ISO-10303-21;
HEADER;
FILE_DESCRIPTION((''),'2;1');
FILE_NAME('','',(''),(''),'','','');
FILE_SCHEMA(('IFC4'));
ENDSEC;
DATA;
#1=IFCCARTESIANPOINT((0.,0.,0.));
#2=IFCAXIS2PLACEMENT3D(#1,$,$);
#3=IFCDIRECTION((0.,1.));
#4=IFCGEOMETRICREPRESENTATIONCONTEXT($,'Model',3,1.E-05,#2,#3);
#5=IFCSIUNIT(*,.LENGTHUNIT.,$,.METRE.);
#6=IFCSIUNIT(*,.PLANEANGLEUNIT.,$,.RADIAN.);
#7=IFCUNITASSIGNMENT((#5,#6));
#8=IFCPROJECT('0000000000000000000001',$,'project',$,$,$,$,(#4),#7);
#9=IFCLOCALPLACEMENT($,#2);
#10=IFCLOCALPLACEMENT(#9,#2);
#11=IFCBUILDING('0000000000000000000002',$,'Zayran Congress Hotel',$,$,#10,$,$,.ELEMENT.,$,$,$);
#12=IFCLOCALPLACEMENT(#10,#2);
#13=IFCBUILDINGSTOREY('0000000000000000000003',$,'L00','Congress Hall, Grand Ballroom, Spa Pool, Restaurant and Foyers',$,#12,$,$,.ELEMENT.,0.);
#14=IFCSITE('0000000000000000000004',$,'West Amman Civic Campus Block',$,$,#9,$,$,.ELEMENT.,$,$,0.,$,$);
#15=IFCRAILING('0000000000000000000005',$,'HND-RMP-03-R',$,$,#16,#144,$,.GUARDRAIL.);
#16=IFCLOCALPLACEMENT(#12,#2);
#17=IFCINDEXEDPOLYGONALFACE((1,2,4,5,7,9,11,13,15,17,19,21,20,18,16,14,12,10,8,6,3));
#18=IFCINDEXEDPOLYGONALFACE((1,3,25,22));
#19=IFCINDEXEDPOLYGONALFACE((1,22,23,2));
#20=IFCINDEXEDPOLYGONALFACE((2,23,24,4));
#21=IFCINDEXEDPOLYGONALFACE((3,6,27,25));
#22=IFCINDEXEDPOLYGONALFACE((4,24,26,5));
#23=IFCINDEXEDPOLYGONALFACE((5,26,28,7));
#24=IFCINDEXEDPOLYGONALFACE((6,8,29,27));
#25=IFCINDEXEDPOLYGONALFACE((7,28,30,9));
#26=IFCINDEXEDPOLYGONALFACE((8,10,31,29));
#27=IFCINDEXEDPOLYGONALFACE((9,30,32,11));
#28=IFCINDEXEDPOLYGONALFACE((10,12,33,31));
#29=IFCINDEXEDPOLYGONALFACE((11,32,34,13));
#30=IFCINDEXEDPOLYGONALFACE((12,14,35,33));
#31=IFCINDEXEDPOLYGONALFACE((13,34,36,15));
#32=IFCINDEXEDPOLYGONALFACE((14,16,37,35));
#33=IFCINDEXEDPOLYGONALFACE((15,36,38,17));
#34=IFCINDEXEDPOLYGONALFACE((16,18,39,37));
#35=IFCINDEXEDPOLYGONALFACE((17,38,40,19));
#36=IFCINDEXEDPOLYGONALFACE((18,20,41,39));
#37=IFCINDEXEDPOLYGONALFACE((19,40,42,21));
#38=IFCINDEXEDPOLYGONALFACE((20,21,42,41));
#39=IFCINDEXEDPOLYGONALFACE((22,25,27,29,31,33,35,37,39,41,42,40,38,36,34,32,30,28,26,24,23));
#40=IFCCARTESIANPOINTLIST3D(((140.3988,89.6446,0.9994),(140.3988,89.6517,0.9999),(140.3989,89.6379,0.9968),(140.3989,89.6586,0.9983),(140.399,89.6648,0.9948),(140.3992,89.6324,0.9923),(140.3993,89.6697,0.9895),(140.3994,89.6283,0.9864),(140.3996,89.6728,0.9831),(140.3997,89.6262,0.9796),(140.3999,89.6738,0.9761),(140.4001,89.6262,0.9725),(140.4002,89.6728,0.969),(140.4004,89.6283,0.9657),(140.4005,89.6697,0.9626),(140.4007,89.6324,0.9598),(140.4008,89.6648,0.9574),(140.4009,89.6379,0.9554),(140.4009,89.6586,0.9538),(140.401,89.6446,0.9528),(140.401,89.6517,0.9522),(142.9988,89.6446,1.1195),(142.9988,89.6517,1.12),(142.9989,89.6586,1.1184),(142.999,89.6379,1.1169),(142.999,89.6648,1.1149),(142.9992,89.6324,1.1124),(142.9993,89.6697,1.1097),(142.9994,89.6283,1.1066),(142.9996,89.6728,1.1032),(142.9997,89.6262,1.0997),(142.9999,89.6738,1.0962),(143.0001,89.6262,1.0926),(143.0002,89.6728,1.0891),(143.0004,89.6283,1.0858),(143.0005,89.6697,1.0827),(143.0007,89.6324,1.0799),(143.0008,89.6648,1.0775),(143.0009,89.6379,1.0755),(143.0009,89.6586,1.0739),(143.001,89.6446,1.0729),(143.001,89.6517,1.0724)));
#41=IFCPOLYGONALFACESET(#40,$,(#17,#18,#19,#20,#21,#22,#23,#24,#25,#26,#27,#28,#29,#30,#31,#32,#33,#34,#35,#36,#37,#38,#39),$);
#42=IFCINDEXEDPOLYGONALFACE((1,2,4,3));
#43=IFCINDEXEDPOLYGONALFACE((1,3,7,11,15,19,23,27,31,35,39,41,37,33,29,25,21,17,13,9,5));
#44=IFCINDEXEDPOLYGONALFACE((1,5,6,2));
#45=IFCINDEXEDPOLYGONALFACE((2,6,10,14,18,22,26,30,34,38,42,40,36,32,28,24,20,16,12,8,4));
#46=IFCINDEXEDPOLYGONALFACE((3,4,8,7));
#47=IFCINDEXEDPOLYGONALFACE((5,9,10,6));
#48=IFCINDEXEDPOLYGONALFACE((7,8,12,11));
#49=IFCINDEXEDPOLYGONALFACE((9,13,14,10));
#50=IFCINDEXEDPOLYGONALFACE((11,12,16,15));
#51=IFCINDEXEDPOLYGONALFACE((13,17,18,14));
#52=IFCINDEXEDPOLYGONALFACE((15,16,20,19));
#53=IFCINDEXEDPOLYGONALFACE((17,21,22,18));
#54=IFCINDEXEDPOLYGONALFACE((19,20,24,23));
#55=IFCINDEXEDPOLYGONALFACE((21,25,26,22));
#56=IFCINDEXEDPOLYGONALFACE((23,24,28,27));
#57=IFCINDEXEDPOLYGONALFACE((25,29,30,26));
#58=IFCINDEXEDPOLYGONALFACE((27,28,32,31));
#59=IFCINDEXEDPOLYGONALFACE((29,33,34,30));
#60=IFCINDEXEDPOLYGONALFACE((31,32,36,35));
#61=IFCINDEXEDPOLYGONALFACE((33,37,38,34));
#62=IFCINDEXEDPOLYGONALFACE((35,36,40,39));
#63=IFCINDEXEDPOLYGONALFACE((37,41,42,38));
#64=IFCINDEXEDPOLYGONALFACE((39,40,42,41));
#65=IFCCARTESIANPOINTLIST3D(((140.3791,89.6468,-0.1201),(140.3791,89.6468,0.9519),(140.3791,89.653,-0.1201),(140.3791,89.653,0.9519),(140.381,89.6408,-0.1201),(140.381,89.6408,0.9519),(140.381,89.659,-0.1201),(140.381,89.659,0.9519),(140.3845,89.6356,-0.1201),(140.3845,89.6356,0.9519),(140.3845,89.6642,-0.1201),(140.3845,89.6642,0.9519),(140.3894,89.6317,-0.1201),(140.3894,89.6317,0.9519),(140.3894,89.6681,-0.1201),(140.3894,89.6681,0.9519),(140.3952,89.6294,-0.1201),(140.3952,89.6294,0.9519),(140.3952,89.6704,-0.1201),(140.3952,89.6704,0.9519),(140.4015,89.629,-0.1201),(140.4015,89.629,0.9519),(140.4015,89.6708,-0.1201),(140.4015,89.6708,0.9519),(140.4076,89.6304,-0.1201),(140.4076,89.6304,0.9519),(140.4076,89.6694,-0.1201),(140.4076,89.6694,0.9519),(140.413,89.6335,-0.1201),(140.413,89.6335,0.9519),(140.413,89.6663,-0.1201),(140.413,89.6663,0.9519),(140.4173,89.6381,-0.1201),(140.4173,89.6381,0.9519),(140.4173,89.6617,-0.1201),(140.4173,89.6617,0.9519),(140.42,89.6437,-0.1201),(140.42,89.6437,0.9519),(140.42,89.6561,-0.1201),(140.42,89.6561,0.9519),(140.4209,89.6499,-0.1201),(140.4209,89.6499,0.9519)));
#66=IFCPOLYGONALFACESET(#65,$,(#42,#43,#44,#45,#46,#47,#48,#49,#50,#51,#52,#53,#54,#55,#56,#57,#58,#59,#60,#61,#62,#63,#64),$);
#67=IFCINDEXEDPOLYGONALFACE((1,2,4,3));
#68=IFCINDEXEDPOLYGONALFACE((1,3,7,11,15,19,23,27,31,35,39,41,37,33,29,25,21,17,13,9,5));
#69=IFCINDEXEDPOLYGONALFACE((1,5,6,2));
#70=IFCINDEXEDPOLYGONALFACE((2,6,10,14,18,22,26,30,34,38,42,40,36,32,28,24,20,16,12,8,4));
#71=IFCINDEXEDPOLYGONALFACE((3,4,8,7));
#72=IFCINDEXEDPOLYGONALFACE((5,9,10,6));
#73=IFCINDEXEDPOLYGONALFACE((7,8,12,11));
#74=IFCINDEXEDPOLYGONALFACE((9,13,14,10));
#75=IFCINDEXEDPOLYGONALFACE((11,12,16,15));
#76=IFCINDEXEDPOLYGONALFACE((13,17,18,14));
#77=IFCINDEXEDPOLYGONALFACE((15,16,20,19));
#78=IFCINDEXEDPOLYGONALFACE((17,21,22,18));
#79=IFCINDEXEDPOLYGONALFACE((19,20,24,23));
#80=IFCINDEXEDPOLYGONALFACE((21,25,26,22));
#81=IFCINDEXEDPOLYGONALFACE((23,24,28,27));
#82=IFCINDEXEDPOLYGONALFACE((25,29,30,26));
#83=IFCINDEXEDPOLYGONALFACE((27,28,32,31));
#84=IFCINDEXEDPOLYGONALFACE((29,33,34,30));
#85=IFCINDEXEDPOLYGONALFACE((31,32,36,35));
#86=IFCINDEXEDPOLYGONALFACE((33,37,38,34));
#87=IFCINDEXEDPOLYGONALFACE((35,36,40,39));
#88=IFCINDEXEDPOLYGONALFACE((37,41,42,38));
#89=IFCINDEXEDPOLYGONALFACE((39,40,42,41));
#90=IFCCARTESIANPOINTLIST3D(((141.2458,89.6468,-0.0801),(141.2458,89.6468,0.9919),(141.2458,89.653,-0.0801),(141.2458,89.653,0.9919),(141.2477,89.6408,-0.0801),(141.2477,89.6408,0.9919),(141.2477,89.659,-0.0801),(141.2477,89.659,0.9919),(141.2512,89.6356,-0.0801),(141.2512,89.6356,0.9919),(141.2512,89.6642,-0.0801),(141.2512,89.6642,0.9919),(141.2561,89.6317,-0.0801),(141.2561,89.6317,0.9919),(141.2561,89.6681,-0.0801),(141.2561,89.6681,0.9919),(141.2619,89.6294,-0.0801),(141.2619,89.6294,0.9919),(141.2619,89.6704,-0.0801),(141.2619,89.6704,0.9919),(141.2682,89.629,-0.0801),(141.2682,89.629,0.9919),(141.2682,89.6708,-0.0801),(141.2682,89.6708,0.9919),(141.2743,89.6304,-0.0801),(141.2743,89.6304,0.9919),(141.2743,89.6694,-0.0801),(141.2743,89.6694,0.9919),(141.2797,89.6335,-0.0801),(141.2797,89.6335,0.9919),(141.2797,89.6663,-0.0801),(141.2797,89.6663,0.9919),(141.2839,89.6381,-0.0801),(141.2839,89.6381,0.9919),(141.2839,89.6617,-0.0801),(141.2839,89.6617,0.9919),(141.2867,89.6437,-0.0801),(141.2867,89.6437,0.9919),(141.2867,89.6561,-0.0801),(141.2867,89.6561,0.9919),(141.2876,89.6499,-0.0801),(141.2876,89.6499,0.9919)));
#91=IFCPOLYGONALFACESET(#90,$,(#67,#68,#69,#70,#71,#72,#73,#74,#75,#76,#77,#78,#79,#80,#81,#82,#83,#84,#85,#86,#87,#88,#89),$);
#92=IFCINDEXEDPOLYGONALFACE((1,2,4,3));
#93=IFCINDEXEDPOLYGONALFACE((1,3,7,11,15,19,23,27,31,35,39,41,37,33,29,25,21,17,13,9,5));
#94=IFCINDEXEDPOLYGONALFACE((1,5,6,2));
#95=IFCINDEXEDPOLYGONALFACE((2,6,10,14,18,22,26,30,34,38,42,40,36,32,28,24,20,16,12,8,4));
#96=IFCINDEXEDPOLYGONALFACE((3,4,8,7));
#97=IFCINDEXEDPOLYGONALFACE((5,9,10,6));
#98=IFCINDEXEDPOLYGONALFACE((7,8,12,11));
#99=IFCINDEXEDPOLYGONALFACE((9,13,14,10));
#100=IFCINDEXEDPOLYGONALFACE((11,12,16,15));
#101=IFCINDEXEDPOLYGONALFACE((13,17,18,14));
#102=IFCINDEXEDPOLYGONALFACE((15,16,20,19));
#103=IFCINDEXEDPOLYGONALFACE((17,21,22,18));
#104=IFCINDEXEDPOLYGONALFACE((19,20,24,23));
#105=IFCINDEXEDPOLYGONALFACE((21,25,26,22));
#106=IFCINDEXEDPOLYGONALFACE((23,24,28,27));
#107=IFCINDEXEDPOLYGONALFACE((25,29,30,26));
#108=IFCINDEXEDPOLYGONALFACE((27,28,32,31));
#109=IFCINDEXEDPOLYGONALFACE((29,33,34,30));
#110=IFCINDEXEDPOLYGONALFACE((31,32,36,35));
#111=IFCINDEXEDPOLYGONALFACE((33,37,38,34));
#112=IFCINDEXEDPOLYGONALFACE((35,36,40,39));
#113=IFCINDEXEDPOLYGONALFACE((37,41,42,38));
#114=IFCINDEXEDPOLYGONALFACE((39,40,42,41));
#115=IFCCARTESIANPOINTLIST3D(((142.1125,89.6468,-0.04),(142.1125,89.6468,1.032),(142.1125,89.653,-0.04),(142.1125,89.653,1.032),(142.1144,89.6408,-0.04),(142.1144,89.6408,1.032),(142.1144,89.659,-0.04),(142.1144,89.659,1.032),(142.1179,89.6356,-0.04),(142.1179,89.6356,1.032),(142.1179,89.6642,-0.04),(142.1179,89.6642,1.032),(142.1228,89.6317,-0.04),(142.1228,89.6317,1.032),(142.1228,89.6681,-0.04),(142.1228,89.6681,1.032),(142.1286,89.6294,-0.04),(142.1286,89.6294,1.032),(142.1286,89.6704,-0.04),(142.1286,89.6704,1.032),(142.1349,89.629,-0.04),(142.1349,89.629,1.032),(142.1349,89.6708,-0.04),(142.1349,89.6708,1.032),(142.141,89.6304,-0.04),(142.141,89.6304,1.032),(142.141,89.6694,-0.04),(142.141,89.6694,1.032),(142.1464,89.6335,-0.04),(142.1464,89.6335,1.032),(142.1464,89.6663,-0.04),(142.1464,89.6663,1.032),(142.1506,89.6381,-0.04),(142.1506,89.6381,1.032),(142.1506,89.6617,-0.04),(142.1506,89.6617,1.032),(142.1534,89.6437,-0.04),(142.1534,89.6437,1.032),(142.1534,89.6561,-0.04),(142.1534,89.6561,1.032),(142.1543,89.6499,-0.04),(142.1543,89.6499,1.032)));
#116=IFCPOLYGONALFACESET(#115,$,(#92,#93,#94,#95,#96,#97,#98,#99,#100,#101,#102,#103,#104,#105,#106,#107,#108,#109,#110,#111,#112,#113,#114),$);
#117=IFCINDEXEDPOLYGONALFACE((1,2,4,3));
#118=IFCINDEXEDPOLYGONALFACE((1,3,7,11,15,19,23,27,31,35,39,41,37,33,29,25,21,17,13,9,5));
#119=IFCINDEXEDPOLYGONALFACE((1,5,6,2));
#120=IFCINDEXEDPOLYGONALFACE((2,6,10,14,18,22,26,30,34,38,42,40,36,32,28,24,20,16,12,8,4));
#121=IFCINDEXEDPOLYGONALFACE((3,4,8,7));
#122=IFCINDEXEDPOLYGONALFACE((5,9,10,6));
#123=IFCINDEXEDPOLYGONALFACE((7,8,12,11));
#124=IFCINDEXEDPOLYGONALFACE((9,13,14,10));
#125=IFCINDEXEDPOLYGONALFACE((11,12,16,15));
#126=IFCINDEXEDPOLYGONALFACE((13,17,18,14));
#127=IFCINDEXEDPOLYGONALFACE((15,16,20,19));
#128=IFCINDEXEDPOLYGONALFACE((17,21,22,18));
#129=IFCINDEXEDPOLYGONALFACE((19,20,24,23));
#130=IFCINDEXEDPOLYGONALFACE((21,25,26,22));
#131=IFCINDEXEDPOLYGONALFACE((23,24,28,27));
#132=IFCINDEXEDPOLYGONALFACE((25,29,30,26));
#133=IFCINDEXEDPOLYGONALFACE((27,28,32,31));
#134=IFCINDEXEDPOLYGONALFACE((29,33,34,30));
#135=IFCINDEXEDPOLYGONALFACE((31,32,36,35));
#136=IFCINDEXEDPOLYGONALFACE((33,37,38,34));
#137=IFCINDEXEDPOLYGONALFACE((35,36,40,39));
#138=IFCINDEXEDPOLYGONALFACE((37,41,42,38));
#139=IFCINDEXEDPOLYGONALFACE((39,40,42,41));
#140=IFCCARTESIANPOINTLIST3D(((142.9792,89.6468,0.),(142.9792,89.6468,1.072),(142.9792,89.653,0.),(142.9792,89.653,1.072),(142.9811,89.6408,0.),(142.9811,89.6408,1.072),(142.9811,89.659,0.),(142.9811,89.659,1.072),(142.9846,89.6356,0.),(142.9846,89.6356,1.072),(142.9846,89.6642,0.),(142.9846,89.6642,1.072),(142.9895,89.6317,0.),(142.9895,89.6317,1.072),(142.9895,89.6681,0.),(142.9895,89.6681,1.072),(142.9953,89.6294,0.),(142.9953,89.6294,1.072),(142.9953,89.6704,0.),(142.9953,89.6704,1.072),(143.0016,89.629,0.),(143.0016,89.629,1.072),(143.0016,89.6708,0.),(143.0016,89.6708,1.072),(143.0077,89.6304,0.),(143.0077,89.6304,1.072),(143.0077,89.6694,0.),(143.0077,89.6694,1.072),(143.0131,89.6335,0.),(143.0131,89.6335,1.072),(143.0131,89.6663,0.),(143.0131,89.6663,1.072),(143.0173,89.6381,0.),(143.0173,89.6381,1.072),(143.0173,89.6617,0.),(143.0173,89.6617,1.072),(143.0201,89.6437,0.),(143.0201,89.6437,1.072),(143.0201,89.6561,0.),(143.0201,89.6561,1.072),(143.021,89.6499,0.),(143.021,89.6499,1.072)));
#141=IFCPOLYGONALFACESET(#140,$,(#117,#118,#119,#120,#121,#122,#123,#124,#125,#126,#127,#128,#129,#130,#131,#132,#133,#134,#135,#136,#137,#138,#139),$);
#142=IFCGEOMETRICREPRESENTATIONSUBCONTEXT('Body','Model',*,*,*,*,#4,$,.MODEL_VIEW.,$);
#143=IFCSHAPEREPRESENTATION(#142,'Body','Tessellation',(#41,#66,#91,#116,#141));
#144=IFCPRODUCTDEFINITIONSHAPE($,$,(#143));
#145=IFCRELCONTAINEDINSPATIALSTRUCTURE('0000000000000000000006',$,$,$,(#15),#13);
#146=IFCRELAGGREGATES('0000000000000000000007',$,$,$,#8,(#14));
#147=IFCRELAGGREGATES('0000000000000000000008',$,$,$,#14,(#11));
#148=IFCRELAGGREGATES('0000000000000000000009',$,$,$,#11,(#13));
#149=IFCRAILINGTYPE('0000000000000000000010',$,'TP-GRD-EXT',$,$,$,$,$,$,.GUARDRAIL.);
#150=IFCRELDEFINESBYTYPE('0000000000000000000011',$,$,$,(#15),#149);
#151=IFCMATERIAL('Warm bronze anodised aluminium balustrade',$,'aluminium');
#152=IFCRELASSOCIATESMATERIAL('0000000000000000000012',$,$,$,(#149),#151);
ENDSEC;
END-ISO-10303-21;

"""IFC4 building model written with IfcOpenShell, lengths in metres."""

from ifc_helpers import new_model, si_unit, direction, frame, origin, origin_2d, place, context, subcontext, project, spatial, circle, extrude, material, type_object, element, save


model = new_model("IFC4")

# Units and contexts
model_context = context("Model", 3, precision=1e-05, world=origin(), true_north=direction((0.0, 1.0)))
body_context = subcontext(model_context, "Body", "Model", "MODEL_VIEW")
ifc_project = project(units=[si_unit("LENGTHUNIT", "METRE"), si_unit("PLANEANGLEUNIT", "RADIAN")], contexts=[model_context])

# Site, building, storey
site_placement = place(None, origin())
site = spatial("IfcSite", under=ifc_project, at=site_placement, Name="West Amman Civic Campus Block", CompositionType="ELEMENT", RefElevation=0.0)
building_placement = place(site_placement, origin())
building = spatial("IfcBuilding", under=site, at=building_placement, Name="Zayran Congress Hotel", CompositionType="ELEMENT")
storey_placement = place(building_placement, origin())
storey = spatial("IfcBuildingStorey", under=building, at=storey_placement, Name="L00", Description="Congress Hall, Grand Ballroom, Spa Pool, Restaurant and Foyers", CompositionType="ELEMENT", Elevation=0.0)

# Railing
ifc_material_1 = material(Name="Warm bronze anodised aluminium balustrade", Category="aluminium")
railing_type = type_object("IfcRailingType", Name="TP-GRD-EXT", PredefinedType="GUARDRAIL", material=ifc_material_1)
for number, where, name in (
    (1, (140.3999, 89.6499, -0.1201), "HND-RMP-03-R"),
):
    element("IfcRailing", number, at=place(storey_placement, frame(where)), inside=storey, type_object=railing_type, Name=name, PredefinedType="GUARDRAIL", context=body_context, shape_type="SweptSolid", body=[
        extrude(circle(Radius=0.0239, at=origin_2d()), frame((0.0, 0.0, 1.0962), z_axis=(0.998935, 0.0, 0.046148), x_axis=(0.0, 1.0, 0.0)), (0.0, 0.0, 1.0), 2.6028),
        extrude(circle(Radius=0.021, at=origin_2d()), origin(), (0.0, 0.0, 1.0), 1.072),
        extrude(circle(Radius=0.021, at=origin_2d()), frame((0.8667, 0.0, 0.04)), (0.0, 0.0, 1.0), 1.072),
        extrude(circle(Radius=0.021, at=origin_2d()), frame((1.7334, 0.0, 0.0801)), (0.0, 0.0, 1.0), 1.072),
        extrude(circle(Radius=0.021, at=origin_2d()), frame((2.6001, 0.0, 0.1201)), (0.0, 0.0, 1.0), 1.072),
    ])

save(model, "model.ifc")
